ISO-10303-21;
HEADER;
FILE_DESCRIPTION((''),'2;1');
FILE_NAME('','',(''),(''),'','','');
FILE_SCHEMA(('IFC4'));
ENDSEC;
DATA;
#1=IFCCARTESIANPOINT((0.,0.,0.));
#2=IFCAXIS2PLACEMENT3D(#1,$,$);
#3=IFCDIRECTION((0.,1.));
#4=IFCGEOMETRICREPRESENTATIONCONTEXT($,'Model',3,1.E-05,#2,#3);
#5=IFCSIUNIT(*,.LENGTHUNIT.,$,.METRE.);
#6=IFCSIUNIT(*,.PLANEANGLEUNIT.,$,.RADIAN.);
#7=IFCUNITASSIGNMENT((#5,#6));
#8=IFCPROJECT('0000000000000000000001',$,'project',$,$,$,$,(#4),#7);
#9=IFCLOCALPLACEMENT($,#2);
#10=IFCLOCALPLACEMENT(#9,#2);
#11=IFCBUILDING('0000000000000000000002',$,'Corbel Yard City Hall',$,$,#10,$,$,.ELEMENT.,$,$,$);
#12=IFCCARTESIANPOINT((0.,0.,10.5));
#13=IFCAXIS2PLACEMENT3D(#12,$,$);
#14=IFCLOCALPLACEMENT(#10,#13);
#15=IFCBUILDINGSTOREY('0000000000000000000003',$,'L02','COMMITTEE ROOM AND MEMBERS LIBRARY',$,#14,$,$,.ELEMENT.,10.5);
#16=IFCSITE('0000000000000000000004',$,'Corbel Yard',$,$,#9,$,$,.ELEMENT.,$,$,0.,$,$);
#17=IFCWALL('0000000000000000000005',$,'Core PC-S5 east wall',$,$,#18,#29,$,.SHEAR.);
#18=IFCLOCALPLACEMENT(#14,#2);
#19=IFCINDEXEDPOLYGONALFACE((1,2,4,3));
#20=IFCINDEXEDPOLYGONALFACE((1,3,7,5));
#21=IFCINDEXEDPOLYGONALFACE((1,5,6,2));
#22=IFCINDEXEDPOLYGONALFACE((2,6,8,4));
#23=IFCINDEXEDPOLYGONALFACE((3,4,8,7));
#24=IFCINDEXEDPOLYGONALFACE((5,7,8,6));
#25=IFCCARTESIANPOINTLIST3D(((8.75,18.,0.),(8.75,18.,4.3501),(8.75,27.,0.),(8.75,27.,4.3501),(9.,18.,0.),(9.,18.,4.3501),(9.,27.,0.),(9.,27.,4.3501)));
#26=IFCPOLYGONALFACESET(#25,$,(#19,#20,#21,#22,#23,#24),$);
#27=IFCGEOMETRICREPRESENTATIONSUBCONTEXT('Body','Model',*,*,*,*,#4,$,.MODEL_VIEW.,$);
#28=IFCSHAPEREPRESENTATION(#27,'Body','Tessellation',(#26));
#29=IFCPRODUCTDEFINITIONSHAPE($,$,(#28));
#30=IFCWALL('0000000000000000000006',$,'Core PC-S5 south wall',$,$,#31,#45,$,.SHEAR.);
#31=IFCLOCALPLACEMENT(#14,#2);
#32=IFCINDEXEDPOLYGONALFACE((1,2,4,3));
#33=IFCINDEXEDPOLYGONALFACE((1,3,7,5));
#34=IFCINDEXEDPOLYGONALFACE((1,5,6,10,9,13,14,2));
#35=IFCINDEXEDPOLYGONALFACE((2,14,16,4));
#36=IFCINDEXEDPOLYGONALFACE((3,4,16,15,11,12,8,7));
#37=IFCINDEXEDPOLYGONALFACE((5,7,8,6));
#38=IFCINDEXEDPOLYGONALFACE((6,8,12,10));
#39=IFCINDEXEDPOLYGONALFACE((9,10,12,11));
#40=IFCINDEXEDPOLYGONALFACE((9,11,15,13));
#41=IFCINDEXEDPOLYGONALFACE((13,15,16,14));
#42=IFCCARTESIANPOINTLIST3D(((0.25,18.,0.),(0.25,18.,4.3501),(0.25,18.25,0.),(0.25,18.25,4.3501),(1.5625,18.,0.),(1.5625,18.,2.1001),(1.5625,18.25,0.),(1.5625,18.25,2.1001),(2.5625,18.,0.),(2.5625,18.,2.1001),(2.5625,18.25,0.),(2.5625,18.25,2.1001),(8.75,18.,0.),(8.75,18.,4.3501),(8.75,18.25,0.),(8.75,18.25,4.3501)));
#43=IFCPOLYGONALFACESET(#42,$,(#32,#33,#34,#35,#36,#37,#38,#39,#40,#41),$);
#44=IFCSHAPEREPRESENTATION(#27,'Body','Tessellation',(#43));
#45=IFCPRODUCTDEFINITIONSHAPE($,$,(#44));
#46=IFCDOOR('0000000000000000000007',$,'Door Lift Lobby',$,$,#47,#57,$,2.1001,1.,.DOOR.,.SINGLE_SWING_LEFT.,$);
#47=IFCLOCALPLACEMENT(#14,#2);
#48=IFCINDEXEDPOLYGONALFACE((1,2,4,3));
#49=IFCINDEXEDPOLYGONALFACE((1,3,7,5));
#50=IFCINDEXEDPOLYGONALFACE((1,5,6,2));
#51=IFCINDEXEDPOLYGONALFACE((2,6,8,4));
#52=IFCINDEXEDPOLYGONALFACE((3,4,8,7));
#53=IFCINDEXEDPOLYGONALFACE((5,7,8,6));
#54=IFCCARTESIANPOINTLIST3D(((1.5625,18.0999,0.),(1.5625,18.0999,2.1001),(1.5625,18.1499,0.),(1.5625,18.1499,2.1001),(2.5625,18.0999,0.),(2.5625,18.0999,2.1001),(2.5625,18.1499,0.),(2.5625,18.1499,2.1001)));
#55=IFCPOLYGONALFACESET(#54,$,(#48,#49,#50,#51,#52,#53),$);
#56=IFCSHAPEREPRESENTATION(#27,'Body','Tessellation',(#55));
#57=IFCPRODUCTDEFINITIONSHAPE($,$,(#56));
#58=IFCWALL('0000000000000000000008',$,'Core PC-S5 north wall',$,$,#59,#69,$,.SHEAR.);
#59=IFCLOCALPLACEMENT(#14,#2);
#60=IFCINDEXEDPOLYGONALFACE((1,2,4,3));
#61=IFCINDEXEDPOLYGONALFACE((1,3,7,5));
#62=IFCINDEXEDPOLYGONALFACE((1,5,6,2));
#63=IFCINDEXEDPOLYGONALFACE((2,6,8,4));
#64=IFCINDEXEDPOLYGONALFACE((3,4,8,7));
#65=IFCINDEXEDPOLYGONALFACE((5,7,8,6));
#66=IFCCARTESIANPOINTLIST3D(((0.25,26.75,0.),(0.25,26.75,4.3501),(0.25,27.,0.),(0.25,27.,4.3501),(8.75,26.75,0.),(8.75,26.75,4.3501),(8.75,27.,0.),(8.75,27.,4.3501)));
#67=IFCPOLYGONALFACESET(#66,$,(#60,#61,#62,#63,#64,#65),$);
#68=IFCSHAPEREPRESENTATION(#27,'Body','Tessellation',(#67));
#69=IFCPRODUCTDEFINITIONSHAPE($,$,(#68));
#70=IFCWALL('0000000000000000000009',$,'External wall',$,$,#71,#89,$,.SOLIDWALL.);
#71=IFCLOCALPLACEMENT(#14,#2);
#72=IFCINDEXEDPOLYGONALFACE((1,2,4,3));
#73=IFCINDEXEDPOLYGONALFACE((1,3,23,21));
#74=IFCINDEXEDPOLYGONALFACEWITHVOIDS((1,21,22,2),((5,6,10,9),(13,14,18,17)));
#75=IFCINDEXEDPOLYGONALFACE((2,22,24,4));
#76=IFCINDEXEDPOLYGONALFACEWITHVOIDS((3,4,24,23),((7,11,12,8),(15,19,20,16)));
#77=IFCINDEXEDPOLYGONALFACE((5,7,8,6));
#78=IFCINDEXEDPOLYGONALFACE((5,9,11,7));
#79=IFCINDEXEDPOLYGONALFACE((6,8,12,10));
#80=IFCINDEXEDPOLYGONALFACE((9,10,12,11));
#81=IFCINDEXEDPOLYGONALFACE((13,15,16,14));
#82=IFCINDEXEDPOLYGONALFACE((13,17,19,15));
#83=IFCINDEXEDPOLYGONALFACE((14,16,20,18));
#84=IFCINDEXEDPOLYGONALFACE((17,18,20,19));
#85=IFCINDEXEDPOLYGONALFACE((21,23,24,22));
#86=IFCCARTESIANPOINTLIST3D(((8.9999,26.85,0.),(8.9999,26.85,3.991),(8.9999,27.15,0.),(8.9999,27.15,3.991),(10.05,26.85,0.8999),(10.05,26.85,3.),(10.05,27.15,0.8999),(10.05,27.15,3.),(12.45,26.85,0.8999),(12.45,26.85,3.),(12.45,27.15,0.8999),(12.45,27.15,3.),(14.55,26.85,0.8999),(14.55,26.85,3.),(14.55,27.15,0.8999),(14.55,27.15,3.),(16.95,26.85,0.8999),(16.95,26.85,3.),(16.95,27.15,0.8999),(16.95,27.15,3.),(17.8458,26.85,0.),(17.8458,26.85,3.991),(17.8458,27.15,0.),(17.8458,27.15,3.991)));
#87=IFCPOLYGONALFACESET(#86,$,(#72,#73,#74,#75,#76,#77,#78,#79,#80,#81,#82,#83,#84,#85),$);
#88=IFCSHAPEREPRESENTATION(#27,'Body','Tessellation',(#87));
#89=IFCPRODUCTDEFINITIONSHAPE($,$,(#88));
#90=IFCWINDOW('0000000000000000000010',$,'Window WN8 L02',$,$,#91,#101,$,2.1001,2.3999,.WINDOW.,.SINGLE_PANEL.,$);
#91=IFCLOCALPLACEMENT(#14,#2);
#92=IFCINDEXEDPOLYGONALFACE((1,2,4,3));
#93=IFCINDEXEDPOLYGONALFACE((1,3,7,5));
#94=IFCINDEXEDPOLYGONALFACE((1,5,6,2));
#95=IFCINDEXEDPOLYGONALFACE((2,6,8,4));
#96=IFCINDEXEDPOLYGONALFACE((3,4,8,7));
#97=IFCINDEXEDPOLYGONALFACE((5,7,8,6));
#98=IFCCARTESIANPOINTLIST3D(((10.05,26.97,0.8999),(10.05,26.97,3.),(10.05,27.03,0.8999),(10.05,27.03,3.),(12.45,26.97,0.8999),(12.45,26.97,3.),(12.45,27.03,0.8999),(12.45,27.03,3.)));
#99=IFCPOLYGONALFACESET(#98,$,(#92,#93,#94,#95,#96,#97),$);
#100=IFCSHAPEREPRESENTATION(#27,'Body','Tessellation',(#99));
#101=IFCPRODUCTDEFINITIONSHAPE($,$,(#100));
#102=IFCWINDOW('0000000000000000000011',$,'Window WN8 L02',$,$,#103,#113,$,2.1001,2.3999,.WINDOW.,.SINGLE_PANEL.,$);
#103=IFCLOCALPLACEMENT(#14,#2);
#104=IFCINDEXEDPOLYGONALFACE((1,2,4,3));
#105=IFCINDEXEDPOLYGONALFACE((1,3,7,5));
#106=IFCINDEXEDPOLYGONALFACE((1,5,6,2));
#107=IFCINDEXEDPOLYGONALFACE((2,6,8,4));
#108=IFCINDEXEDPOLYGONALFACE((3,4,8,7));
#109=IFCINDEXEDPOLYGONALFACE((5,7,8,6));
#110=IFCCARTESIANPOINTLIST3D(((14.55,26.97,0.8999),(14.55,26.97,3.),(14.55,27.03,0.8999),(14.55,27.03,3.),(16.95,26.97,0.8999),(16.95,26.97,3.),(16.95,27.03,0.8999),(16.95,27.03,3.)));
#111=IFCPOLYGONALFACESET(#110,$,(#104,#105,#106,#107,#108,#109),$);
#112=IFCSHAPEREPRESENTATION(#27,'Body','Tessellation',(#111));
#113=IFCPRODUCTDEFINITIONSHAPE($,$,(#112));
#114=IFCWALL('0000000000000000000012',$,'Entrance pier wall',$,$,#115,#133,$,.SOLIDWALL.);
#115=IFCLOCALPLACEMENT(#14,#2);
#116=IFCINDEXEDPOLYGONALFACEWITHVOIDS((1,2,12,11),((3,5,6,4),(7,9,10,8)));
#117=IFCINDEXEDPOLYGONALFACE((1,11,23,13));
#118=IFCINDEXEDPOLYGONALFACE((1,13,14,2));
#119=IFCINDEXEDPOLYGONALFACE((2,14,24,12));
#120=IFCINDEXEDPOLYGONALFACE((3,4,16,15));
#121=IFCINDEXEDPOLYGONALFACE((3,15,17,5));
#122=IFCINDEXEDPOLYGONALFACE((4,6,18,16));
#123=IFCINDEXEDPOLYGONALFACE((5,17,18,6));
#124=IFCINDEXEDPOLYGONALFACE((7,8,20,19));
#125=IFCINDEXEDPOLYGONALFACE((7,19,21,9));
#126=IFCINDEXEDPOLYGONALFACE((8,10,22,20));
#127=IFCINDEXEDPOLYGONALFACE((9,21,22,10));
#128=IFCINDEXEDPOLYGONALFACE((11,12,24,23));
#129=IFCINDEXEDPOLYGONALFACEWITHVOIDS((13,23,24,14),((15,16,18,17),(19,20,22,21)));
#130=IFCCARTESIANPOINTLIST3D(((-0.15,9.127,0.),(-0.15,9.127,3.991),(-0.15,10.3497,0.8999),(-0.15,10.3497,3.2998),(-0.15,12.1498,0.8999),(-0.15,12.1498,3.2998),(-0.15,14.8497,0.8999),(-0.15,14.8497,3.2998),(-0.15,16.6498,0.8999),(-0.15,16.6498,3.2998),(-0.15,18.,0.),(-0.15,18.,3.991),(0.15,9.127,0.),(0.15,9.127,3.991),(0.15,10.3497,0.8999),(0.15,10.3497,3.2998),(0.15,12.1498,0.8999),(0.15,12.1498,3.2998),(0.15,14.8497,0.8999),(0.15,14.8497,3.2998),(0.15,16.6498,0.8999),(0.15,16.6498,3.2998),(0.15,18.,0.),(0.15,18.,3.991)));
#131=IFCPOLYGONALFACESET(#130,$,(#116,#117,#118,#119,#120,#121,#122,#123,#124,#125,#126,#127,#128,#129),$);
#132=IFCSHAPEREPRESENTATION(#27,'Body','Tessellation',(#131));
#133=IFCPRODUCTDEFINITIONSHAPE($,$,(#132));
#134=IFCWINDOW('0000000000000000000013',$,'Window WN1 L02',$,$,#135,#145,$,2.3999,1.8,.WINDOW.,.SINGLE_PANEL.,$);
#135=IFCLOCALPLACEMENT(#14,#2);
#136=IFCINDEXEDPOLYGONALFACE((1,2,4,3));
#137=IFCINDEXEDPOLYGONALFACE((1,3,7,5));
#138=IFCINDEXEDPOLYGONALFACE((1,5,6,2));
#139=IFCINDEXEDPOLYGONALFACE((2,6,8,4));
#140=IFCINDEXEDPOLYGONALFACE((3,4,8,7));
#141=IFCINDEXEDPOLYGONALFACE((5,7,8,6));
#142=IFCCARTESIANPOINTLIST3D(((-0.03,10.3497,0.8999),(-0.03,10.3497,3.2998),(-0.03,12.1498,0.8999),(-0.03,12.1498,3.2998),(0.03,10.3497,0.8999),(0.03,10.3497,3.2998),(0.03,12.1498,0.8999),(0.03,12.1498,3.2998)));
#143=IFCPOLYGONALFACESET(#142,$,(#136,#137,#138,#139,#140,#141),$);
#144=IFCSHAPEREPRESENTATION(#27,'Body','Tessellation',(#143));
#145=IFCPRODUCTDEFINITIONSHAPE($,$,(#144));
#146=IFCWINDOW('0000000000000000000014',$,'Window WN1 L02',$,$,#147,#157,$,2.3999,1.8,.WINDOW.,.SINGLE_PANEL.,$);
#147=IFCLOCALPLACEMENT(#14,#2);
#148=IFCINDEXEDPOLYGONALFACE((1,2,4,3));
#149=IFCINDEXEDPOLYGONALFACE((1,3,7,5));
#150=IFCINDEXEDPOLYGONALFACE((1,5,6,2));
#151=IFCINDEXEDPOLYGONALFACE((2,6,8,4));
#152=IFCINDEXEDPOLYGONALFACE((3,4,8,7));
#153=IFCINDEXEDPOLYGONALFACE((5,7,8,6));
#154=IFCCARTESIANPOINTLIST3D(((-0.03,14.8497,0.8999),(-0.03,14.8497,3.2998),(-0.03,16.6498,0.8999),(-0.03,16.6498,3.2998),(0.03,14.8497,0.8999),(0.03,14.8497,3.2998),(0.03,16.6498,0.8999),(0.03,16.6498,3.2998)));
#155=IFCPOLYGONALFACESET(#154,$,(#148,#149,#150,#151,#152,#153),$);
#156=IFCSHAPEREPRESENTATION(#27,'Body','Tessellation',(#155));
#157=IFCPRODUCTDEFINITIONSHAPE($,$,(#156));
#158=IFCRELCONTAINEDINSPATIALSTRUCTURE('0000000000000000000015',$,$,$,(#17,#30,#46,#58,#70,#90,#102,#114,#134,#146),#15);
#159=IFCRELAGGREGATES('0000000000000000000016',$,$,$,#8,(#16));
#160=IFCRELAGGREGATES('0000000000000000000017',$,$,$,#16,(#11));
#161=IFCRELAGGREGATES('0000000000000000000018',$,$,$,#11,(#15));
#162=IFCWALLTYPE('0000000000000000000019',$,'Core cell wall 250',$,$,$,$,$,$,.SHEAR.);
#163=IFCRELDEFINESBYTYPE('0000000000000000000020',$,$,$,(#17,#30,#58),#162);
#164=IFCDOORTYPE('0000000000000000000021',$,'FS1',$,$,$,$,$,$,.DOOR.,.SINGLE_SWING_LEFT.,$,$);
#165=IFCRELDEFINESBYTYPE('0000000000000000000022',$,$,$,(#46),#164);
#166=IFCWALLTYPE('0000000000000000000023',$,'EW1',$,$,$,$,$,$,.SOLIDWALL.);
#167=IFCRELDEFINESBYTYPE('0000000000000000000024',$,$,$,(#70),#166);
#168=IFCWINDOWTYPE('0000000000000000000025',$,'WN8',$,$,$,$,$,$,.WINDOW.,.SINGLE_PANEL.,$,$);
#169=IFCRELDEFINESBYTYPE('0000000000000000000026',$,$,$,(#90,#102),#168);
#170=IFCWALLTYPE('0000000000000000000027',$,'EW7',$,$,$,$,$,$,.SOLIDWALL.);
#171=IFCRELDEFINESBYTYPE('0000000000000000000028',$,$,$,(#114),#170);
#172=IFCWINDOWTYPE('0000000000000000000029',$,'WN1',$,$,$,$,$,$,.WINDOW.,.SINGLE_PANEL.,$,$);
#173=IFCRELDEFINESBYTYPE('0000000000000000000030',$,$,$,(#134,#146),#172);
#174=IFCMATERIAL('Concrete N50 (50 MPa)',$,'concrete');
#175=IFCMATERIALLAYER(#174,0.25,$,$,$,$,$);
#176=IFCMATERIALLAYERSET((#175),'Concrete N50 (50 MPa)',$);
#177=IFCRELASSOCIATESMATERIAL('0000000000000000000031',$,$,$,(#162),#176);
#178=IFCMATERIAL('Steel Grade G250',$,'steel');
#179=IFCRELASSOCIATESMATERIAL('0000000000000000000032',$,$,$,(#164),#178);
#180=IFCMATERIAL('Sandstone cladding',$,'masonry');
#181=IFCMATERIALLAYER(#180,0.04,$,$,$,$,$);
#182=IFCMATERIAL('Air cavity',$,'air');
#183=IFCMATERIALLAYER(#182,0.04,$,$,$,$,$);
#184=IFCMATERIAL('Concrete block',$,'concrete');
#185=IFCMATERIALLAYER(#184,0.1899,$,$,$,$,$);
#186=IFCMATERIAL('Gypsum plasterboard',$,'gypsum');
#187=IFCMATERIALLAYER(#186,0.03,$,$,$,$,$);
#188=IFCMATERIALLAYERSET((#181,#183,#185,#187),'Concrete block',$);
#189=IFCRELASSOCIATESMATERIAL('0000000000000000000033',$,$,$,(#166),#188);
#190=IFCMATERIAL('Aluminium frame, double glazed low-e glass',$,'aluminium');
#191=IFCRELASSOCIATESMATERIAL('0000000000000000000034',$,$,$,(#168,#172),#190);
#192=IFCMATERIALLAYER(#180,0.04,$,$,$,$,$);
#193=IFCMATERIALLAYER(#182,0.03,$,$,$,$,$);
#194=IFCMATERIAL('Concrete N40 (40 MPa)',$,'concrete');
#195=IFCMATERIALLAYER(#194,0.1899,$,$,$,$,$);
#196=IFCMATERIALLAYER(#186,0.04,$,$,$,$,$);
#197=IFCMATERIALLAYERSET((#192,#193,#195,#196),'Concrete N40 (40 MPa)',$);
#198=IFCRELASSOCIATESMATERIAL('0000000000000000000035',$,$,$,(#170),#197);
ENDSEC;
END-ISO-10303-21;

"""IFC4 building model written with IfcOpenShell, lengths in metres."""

from ifc_helpers import new_model, si_unit, direction, frame, frame_2d, origin, place, context, subcontext, project, spatial, rectangle, extrude, material, layer, layer_set, type_object, element, fill, save


model = new_model("IFC4")

# Units and contexts
model_context = context("Model", 3, precision=1e-05, world=origin(), true_north=direction((0.0, 1.0)))
body_context = subcontext(model_context, "Body", "Model", "MODEL_VIEW")
ifc_project = project(units=[si_unit("LENGTHUNIT", "METRE"), si_unit("PLANEANGLEUNIT", "RADIAN")], contexts=[model_context])

# Site, building, storey
site_placement = place(None, origin())
site = spatial("IfcSite", under=ifc_project, at=site_placement, Name="Corbel Yard", CompositionType="ELEMENT", RefElevation=0.0)
building_placement = place(site_placement, origin())
building = spatial("IfcBuilding", under=site, at=building_placement, Name="Corbel Yard City Hall", CompositionType="ELEMENT")
storey_placement = place(building_placement, frame((0.0, 0.0, 10.5)))
storey = spatial("IfcBuildingStorey", under=building, at=storey_placement, Name="L02", Description="COMMITTEE ROOM AND MEMBERS LIBRARY", CompositionType="ELEMENT", Elevation=10.5)

# Wall
ifc_material_1 = material(Name="Concrete N50 (50 MPa)", Category="concrete")
ifc_layer_1 = layer(ifc_material_1, 0.25)
ifc_layer_set_1 = layer_set([ifc_layer_1], Name="Concrete N50 (50 MPa)")
wall_type_1 = type_object("IfcWallType", Name="Core cell wall 250", PredefinedType="SHEAR", material=ifc_layer_set_1)
for number, where, z_axis, x_axis, name in (
    (1, (8.875, 18.0, 0.0), (0.0, 0.0, 1.0), (0.0, 1.0, 0.0), "Core PC-S5 east wall"),
):
    element("IfcWall", number, at=place(storey_placement, frame(where, z_axis=z_axis, x_axis=x_axis)), inside=storey, type_object=wall_type_1, Name=name, PredefinedType="SHEAR", context=body_context, shape_type="SweptSolid", body=[
        extrude(rectangle(XDim=9.0, YDim=0.25, at=frame_2d((4.5, 0.0))), origin(), (0.0, 0.0, 1.0), 4.3501),
    ])

# Wall, opening, door
wall_1_placement = place(storey_placement, frame((0.25, 18.125, 0.0), z_axis=(0.0, 0.0, 1.0), x_axis=(1.0, 0.0, 0.0)))
wall_1 = element("IfcWall", 2, at=wall_1_placement, inside=storey, type_object=wall_type_1, Name="Core PC-S5 south wall", PredefinedType="SHEAR", context=body_context, shape_type="SweptSolid", body=[
    extrude(rectangle(XDim=8.5, YDim=0.25, at=frame_2d((4.25, 0.0))), origin(), (0.0, 0.0, 1.0), 4.3501),
])
opening_1_placement = place(wall_1_placement, frame((1.3125, 0.0, 0.0)))
opening_1 = element("IfcOpeningElement", 3, at=opening_1_placement, cuts=wall_1, PredefinedType="OPENING", context=body_context, shape_type="SweptSolid", body=[
    extrude(rectangle(XDim=1.0, YDim=2.1001, at=frame_2d((0.5, 1.05))), frame((0.0, 0.135, 0.0), z_axis=(0.0, -1.0, 0.0), x_axis=(1.0, 0.0, 0.0)), (0.0, 0.0, 1.0), 0.27),
])
ifc_material_2 = material(Name="Steel Grade G250", Category="steel")
door_type_1 = type_object("IfcDoorType", Name="FS1", OperationType="SINGLE_SWING_LEFT", PredefinedType="DOOR", material=ifc_material_2)
door_1_placement = place(opening_1_placement, origin())
door_1 = element("IfcDoor", 4, at=door_1_placement, inside=storey, type_object=door_type_1, Name="Door Lift Lobby", OperationType="SINGLE_SWING_LEFT", OverallHeight=2.1001, OverallWidth=1.0, PredefinedType="DOOR", context=body_context, shape_type="SweptSolid", body=[
    extrude(rectangle(XDim=1.0, YDim=2.1001, at=frame_2d((0.5, 1.05))), frame((0.0, 0.0249, 0.0), z_axis=(0.0, -1.0, 0.0), x_axis=(1.0, 0.0, 0.0)), (0.0, 0.0, 1.0), 0.05),
])
fill(opening_1, door_1)

# Wall
wall_2_placement = place(storey_placement, frame((0.25, 26.875, 0.0), z_axis=(0.0, 0.0, 1.0), x_axis=(1.0, 0.0, 0.0)))
element("IfcWall", 5, at=wall_2_placement, inside=storey, type_object=wall_type_1, Name="Core PC-S5 north wall", PredefinedType="SHEAR", context=body_context, shape_type="SweptSolid", body=[
    extrude(rectangle(XDim=8.5, YDim=0.25, at=frame_2d((4.25, 0.0))), origin(), (0.0, 0.0, 1.0), 4.3501),
])

# Walls, openings, windows
ifc_material_3 = material(Name="Sandstone cladding", Category="masonry")
ifc_layer_2 = layer(ifc_material_3, 0.04)
ifc_material_4 = material(Name="Air cavity", Category="air")
ifc_layer_3 = layer(ifc_material_4, 0.04)
ifc_material_5 = material(Name="Concrete block", Category="concrete")
ifc_layer_4 = layer(ifc_material_5, 0.1899)
ifc_material_6 = material(Name="Gypsum plasterboard", Category="gypsum")
ifc_layer_5 = layer(ifc_material_6, 0.03)
ifc_layer_set_2 = layer_set([ifc_layer_2, ifc_layer_3, ifc_layer_4, ifc_layer_5], Name="Concrete block")
wall_type_2 = type_object("IfcWallType", Name="EW1", PredefinedType="SOLIDWALL", material=ifc_layer_set_2)
wall_3_placement = place(storey_placement, frame((9.0, 27.0, 0.0), z_axis=(0.0, 0.0, 1.0), x_axis=(1.0, 0.0, 0.0)))
wall_3 = element("IfcWall", 6, at=wall_3_placement, inside=storey, type_object=wall_type_2, Name="External wall", PredefinedType="SOLIDWALL", context=body_context, shape_type="SweptSolid", body=[
    extrude(rectangle(XDim=8.8459, YDim=0.3, at=frame_2d((4.4229, 0.0))), origin(), (0.0, 0.0, 1.0), 3.991),
])
opening_2_placement = place(wall_3_placement, frame((1.05, 0.0, 0.8999)))
opening_2 = element("IfcOpeningElement", 7, at=opening_2_placement, cuts=wall_3, PredefinedType="OPENING", context=body_context, shape_type="SweptSolid", body=[
    extrude(rectangle(XDim=2.3999, YDim=2.1001, at=frame_2d((1.2, 1.05))), frame((0.0, 0.1599, 0.0), z_axis=(0.0, -1.0, 0.0), x_axis=(1.0, 0.0, 0.0)), (0.0, 0.0, 1.0), 0.3201),
])
opening_3_placement = place(wall_3_placement, frame((5.55, 0.0, 0.8999)))
opening_3 = element("IfcOpeningElement", 8, at=opening_3_placement, cuts=wall_3, PredefinedType="OPENING", context=body_context, shape_type="SweptSolid", body=[
    extrude(rectangle(XDim=2.3999, YDim=2.1001, at=frame_2d((1.2, 1.05))), frame((0.0, 0.1599, 0.0), z_axis=(0.0, -1.0, 0.0), x_axis=(1.0, 0.0, 0.0)), (0.0, 0.0, 1.0), 0.3201),
])
ifc_material_7 = material(Name="Aluminium frame, double glazed low-e glass", Category="aluminium")
window_type_1 = type_object("IfcWindowType", Name="WN8", PartitioningType="SINGLE_PANEL", PredefinedType="WINDOW", material=ifc_material_7)
window_1_placement = place(opening_2_placement, origin())
window_1 = element("IfcWindow", 9, at=window_1_placement, inside=storey, type_object=window_type_1, Name="Window WN8 L02", OverallHeight=2.1001, OverallWidth=2.3999, PartitioningType="SINGLE_PANEL", PredefinedType="WINDOW", context=body_context, shape_type="SweptSolid", body=[
    extrude(rectangle(XDim=2.3999, YDim=2.1001, at=frame_2d((1.2, 1.05))), frame((0.0, 0.03, 0.0), z_axis=(0.0, -1.0, 0.0), x_axis=(1.0, 0.0, 0.0)), (0.0, 0.0, 1.0), 0.0601),
])
fill(opening_2, window_1)
window_2_placement = place(opening_3_placement, origin())
window_2 = element("IfcWindow", 10, at=window_2_placement, inside=storey, type_object=window_type_1, Name="Window WN8 L02", OverallHeight=2.1001, OverallWidth=2.3999, PartitioningType="SINGLE_PANEL", PredefinedType="WINDOW", context=body_context, shape_type="SweptSolid", body=[
    extrude(rectangle(XDim=2.3999, YDim=2.1001, at=frame_2d((1.2, 1.05))), frame((0.0, 0.03, 0.0), z_axis=(0.0, -1.0, 0.0), x_axis=(1.0, 0.0, 0.0)), (0.0, 0.0, 1.0), 0.0601),
])
fill(opening_3, window_2)
ifc_layer_6 = layer(ifc_material_3, 0.04)
ifc_layer_7 = layer(ifc_material_4, 0.03)
ifc_material_8 = material(Name="Concrete N40 (40 MPa)", Category="concrete")
ifc_layer_8 = layer(ifc_material_8, 0.1899)
ifc_layer_9 = layer(ifc_material_6, 0.04)
ifc_layer_set_3 = layer_set([ifc_layer_6, ifc_layer_7, ifc_layer_8, ifc_layer_9], Name="Concrete N40 (40 MPa)")
wall_type_3 = type_object("IfcWallType", Name="EW7", PredefinedType="SOLIDWALL", material=ifc_layer_set_3)
wall_4_placement = place(storey_placement, frame((0.0, 9.127, 0.0), z_axis=(0.0, 0.0, 1.0), x_axis=(0.0, 1.0, 0.0)))
wall_4 = element("IfcWall", 11, at=wall_4_placement, inside=storey, type_object=wall_type_3, Name="Entrance pier wall", PredefinedType="SOLIDWALL", context=body_context, shape_type="SweptSolid", body=[
    extrude(rectangle(XDim=8.873, YDim=0.3, at=frame_2d((4.4365, 0.0))), origin(), (0.0, 0.0, 1.0), 3.991),
])
opening_4_placement = place(wall_4_placement, frame((1.2229, 0.0, 0.8999)))
opening_4 = element("IfcOpeningElement", 12, at=opening_4_placement, cuts=wall_4, PredefinedType="OPENING", context=body_context, shape_type="SweptSolid", body=[
    extrude(rectangle(XDim=1.8, YDim=2.3999, at=frame_2d((0.8999, 1.2))), frame((0.0, 0.1599, 0.0), z_axis=(0.0, -1.0, 0.0), x_axis=(1.0, 0.0, 0.0)), (0.0, 0.0, 1.0), 0.3201),
])
opening_5_placement = place(wall_4_placement, frame((5.7229, 0.0, 0.8999)))
opening_5 = element("IfcOpeningElement", 13, at=opening_5_placement, cuts=wall_4, PredefinedType="OPENING", context=body_context, shape_type="SweptSolid", body=[
    extrude(rectangle(XDim=1.8, YDim=2.3999, at=frame_2d((0.8999, 1.2))), frame((0.0, 0.1599, 0.0), z_axis=(0.0, -1.0, 0.0), x_axis=(1.0, 0.0, 0.0)), (0.0, 0.0, 1.0), 0.3201),
])
window_type_2 = type_object("IfcWindowType", Name="WN1", PartitioningType="SINGLE_PANEL", PredefinedType="WINDOW", material=ifc_material_7)
window_3_placement = place(opening_4_placement, origin())
window_3 = element("IfcWindow", 14, at=window_3_placement, inside=storey, type_object=window_type_2, Name="Window WN1 L02", OverallHeight=2.3999, OverallWidth=1.8, PartitioningType="SINGLE_PANEL", PredefinedType="WINDOW", context=body_context, shape_type="SweptSolid", body=[
    extrude(rectangle(XDim=1.8, YDim=2.3999, at=frame_2d((0.8999, 1.2))), frame((0.0, 0.03, 0.0), z_axis=(0.0, -1.0, 0.0), x_axis=(1.0, 0.0, 0.0)), (0.0, 0.0, 1.0), 0.0601),
])
fill(opening_4, window_3)
window_4_placement = place(opening_5_placement, origin())
window_4 = element("IfcWindow", 15, at=window_4_placement, inside=storey, type_object=window_type_2, Name="Window WN1 L02", OverallHeight=2.3999, OverallWidth=1.8, PartitioningType="SINGLE_PANEL", PredefinedType="WINDOW", context=body_context, shape_type="SweptSolid", body=[
    extrude(rectangle(XDim=1.8, YDim=2.3999, at=frame_2d((0.8999, 1.2))), frame((0.0, 0.03, 0.0), z_axis=(0.0, -1.0, 0.0), x_axis=(1.0, 0.0, 0.0)), (0.0, 0.0, 1.0), 0.0601),
])
fill(opening_5, window_4)

save(model, "model.ifc")
